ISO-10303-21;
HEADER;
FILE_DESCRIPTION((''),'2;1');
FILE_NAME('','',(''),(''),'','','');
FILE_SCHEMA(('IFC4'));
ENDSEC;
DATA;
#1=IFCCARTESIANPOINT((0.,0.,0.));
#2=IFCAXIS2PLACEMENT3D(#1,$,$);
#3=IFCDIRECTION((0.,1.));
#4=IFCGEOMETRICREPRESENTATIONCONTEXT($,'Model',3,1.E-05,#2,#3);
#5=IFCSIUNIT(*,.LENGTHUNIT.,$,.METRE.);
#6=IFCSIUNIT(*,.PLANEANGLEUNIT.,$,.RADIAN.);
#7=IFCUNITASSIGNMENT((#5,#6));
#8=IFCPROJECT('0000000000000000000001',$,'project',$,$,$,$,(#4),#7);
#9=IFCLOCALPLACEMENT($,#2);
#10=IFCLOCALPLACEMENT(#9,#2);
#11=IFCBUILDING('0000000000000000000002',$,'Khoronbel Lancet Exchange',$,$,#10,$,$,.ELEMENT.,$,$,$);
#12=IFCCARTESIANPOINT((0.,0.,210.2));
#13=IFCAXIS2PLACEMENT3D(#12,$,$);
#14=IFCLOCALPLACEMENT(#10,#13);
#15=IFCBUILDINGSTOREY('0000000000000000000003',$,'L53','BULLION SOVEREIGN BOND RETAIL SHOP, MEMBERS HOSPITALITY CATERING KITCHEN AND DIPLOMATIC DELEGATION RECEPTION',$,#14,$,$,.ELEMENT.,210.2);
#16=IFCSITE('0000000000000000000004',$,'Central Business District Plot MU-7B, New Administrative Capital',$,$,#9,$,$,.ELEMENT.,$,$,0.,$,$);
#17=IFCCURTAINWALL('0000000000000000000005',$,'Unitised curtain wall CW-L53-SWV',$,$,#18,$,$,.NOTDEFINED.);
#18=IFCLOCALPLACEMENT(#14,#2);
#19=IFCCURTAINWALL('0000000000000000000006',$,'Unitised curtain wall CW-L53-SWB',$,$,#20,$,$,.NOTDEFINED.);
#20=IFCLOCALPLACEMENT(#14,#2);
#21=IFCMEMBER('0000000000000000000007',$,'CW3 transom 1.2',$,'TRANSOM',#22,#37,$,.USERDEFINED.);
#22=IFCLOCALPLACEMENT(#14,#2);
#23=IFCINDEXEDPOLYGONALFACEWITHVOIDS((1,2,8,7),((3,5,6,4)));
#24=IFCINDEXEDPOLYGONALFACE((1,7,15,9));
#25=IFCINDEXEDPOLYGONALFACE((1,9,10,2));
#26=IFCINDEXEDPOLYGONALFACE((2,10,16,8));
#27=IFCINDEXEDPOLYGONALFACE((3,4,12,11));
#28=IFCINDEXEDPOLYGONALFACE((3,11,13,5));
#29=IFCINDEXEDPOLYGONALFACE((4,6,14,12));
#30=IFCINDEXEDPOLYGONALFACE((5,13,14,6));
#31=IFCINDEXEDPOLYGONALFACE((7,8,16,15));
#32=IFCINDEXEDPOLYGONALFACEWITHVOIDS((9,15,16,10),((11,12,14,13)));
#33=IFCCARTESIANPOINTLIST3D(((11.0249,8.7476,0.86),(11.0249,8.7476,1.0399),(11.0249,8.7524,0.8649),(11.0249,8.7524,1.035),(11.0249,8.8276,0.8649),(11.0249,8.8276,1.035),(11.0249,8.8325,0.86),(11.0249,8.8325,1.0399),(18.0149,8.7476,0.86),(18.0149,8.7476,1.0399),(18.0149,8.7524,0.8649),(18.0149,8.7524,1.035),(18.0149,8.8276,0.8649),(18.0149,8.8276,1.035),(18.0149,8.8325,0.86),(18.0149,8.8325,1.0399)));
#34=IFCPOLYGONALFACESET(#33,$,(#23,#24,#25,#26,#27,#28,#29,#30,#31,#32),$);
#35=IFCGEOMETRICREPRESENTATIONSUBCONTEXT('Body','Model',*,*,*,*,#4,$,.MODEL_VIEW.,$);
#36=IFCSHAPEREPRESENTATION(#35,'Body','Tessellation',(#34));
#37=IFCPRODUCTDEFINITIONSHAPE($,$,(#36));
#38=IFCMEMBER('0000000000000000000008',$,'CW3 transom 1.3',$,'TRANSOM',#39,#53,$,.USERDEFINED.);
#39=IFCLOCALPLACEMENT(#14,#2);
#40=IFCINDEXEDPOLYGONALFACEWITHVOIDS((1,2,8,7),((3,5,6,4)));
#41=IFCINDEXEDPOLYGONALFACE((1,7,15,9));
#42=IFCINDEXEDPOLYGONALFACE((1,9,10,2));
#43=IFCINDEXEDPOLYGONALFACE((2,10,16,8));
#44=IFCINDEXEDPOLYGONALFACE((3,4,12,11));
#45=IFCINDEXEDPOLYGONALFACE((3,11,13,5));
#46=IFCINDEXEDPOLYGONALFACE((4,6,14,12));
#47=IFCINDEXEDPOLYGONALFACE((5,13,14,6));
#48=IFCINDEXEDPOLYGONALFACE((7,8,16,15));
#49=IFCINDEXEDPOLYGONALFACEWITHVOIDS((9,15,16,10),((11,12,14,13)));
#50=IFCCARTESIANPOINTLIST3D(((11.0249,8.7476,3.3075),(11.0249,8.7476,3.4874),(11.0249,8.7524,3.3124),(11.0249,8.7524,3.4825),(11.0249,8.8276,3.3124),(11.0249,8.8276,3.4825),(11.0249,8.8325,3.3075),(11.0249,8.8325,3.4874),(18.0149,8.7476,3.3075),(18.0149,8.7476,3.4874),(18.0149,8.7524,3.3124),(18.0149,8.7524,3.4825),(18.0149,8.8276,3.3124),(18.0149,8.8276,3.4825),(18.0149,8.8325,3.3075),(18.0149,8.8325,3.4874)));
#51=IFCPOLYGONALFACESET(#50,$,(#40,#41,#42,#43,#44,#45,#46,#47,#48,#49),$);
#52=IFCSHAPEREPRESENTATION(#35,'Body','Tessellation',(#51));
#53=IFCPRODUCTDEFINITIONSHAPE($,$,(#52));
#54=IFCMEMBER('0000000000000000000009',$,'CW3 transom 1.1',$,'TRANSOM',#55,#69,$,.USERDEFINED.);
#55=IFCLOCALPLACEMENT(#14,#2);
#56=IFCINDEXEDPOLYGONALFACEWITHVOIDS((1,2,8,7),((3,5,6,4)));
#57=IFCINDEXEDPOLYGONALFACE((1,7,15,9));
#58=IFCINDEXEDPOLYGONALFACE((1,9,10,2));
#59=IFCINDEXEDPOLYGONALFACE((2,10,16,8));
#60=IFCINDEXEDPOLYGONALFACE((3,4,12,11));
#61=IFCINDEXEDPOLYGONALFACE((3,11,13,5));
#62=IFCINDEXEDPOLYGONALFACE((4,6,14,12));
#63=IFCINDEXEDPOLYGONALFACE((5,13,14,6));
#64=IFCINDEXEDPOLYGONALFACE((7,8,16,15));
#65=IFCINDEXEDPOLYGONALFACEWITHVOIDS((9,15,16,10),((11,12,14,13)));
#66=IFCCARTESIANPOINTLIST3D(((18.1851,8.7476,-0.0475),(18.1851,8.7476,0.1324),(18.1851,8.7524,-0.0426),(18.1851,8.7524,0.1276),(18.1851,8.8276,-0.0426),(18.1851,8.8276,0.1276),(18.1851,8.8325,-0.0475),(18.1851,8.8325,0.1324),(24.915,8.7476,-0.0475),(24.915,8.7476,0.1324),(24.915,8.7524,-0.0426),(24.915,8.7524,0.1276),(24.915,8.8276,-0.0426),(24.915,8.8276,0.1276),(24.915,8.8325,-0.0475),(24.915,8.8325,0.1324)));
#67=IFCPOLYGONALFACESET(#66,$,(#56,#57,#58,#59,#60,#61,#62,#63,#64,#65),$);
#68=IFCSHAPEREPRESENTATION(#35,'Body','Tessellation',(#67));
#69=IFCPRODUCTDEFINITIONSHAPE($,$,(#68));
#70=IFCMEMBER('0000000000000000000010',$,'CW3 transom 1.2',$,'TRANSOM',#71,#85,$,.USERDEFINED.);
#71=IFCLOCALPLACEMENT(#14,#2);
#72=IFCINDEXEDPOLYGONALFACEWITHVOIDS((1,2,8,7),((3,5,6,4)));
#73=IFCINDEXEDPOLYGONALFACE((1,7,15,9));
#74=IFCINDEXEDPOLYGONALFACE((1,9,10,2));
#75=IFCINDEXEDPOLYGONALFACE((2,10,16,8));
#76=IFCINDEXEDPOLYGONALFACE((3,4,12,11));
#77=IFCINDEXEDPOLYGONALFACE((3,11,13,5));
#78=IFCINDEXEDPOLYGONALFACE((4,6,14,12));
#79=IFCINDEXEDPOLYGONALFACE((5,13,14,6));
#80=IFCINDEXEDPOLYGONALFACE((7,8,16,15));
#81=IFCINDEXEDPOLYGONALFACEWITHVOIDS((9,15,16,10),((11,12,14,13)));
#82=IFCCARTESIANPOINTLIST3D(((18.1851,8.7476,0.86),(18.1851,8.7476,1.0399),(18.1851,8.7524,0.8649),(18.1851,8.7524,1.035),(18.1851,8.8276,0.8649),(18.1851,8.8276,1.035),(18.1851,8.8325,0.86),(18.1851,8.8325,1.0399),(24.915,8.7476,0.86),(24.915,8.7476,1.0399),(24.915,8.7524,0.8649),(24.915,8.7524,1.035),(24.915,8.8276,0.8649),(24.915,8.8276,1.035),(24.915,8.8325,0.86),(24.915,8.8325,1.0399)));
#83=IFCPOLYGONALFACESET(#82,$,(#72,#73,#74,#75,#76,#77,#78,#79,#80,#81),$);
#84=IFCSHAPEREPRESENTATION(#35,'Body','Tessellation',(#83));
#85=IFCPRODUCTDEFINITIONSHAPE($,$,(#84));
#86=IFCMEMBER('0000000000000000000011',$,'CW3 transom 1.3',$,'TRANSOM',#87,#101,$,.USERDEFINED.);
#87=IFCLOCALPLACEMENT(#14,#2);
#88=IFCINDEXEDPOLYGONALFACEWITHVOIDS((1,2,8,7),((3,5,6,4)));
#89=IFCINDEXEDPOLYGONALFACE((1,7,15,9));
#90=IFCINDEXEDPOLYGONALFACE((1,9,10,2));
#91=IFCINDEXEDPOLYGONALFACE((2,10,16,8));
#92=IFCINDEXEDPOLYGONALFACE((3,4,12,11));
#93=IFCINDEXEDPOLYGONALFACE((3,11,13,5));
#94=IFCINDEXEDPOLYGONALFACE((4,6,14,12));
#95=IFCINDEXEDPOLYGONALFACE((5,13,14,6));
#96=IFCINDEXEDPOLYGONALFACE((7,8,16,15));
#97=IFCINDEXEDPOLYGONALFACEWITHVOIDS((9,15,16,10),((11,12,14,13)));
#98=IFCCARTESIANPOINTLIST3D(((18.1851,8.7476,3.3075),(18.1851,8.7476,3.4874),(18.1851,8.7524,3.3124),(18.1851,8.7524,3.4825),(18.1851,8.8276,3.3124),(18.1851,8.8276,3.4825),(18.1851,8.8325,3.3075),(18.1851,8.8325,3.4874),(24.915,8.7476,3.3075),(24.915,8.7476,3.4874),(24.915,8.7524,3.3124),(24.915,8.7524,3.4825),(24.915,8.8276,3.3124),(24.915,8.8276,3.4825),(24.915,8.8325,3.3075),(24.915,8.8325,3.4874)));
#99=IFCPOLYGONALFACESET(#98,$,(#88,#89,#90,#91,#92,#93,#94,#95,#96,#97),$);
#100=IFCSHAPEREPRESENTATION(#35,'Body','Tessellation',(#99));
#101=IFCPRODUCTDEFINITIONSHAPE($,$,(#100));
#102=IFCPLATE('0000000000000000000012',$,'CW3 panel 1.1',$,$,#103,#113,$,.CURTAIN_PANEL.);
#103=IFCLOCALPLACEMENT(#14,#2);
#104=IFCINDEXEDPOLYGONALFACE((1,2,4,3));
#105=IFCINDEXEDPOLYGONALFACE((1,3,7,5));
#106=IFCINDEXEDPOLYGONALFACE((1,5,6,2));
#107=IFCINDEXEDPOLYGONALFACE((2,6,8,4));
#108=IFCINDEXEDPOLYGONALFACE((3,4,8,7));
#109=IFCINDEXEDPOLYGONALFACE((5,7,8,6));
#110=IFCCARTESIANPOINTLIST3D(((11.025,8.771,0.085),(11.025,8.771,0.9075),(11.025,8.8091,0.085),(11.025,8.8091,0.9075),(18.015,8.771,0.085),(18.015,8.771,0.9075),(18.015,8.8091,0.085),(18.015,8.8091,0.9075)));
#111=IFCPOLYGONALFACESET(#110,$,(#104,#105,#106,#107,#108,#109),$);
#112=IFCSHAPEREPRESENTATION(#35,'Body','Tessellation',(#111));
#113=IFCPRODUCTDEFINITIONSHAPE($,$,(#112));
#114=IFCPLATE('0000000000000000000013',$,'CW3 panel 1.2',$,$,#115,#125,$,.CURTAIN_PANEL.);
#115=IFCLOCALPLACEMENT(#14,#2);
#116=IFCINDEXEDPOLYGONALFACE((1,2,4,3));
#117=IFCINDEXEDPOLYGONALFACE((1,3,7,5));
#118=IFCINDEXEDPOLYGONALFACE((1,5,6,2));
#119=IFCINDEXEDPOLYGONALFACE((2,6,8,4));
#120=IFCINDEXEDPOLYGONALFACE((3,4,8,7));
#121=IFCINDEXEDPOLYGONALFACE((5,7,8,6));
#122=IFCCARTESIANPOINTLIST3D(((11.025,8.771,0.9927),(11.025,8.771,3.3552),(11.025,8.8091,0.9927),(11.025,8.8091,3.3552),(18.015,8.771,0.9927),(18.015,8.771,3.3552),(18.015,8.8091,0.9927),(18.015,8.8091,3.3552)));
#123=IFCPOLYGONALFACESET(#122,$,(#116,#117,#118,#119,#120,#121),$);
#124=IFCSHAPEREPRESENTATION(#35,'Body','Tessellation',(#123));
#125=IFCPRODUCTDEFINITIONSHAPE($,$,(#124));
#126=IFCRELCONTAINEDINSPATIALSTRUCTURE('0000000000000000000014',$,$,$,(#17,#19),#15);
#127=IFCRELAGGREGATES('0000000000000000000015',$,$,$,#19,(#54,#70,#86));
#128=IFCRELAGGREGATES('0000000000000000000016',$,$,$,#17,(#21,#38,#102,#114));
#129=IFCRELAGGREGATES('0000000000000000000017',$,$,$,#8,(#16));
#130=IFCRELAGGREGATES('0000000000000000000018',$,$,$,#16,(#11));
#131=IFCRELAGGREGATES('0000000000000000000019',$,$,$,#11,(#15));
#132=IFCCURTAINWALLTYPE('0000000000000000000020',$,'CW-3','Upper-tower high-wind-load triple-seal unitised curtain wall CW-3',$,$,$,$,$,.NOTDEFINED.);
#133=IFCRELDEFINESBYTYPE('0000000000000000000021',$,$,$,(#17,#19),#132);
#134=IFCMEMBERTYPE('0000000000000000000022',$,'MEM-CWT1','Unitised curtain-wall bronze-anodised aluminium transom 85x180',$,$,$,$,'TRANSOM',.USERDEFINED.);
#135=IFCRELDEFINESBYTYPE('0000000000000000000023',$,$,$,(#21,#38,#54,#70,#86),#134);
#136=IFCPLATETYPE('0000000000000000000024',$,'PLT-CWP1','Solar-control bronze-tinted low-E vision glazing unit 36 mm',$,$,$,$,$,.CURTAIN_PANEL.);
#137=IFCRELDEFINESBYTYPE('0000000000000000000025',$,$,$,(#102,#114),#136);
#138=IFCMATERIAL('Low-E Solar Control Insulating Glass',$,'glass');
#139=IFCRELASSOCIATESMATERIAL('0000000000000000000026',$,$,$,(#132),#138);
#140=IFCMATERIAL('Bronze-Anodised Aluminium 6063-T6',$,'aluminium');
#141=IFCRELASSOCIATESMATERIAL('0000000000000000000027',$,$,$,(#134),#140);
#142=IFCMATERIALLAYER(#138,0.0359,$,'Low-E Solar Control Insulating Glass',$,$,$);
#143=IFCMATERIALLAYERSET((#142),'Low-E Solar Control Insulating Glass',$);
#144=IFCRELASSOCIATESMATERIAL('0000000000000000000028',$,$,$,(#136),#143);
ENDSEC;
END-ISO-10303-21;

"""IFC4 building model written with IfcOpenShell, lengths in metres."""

from ifc_helpers import new_model, si_unit, direction, frame, origin, origin_2d, place, context, subcontext, project, spatial, rectangle, hollow_rectangle, extrude, material, layer, layer_set, material_profile, profile_set, type_object, element, aggregate, save


model = new_model("IFC4")

# Units and contexts
model_context = context("Model", 3, precision=1e-05, world=origin(), true_north=direction((0.0, 1.0)))
body_context = subcontext(model_context, "Body", "Model", "MODEL_VIEW")
ifc_project = project(units=[si_unit("LENGTHUNIT", "METRE"), si_unit("PLANEANGLEUNIT", "RADIAN")], contexts=[model_context])

# Site, building, storey
site_placement = place(None, origin())
site = spatial("IfcSite", under=ifc_project, at=site_placement, Name="Central Business District Plot MU-7B, New Administrative Capital", CompositionType="ELEMENT", RefElevation=0.0)
building_placement = place(site_placement, origin())
building = spatial("IfcBuilding", under=site, at=building_placement, Name="Khoronbel Lancet Exchange", CompositionType="ELEMENT")
storey_placement = place(building_placement, frame((0.0, 0.0, 210.2)))
storey = spatial("IfcBuildingStorey", under=building, at=storey_placement, Name="L53", Description="BULLION SOVEREIGN BOND RETAIL SHOP, MEMBERS HOSPITALITY CATERING KITCHEN AND DIPLOMATIC DELEGATION RECEPTION", CompositionType="ELEMENT", Elevation=210.2)

# Curtain wall
ifc_material_1 = material(Name="Low-E Solar Control Insulating Glass", Category="glass")
curtain_wall_type = type_object("IfcCurtainWallType", Name="CW-3", Description="Upper-tower high-wind-load triple-seal unitised curtain wall CW-3", PredefinedType="NOTDEFINED", material=ifc_material_1)
curtain_wall_1_placement = place(storey_placement, origin())
curtain_wall_1 = element("IfcCurtainWall", 1, at=curtain_wall_1_placement, inside=storey, type_object=curtain_wall_type, Name="Unitised curtain wall CW-L53-SWV", PredefinedType="NOTDEFINED")
ifc_material_2 = material(Name="Bronze-Anodised Aluminium 6063-T6", Category="aluminium")

# Curtain wall
curtain_wall_2_placement = place(storey_placement, origin())
curtain_wall_2 = element("IfcCurtainWall", 2, at=curtain_wall_2_placement, inside=storey, type_object=curtain_wall_type, Name="Unitised curtain wall CW-L53-SWB", PredefinedType="NOTDEFINED")

# Members
ifc_material_profile_1 = material_profile(ifc_material_2, hollow_rectangle(XDim=0.085, YDim=0.1799, WallThickness=0.0049, at=origin_2d()), Name="ALU TRANSOM 85x180")
ifc_profile_set_1 = profile_set([ifc_material_profile_1], Name="Bronze-Anodised Aluminium 6063-T6")
member_type_1 = type_object("IfcMemberType", Name="MEM-CWT1", Description="Unitised curtain-wall bronze-anodised aluminium transom 85x180", ElementType="TRANSOM", PredefinedType="USERDEFINED", material=ifc_profile_set_1)
member_1_placement = place(storey_placement, frame((11.0249, 8.79, 0.95), z_axis=(1.0, 0.0, 0.0), x_axis=(0.0, 1.0, 0.0)))
member_1 = element("IfcMember", 3, at=member_1_placement, type_object=member_type_1, Name="CW3 transom 1.2", ObjectType="TRANSOM", PredefinedType="USERDEFINED", context=body_context, shape_type="SweptSolid", body=[
    extrude(hollow_rectangle(XDim=0.085, YDim=0.1799, WallThickness=0.0049, at=origin_2d()), origin(), (0.0, 0.0, 1.0), 6.99),
])
member_2_placement = place(storey_placement, frame((11.0249, 8.79, 3.3975), z_axis=(1.0, 0.0, 0.0), x_axis=(0.0, 1.0, 0.0)))
member_2 = element("IfcMember", 4, at=member_2_placement, type_object=member_type_1, Name="CW3 transom 1.3", ObjectType="TRANSOM", PredefinedType="USERDEFINED", context=body_context, shape_type="SweptSolid", body=[
    extrude(hollow_rectangle(XDim=0.085, YDim=0.1799, WallThickness=0.0049, at=origin_2d()), origin(), (0.0, 0.0, 1.0), 6.99),
])
member_3_placement = place(storey_placement, frame((18.1851, 8.79, 0.0425), z_axis=(1.0, 0.0, 0.0), x_axis=(0.0, 1.0, 0.0)))
member_3 = element("IfcMember", 5, at=member_3_placement, type_object=member_type_1, Name="CW3 transom 1.1", ObjectType="TRANSOM", PredefinedType="USERDEFINED", context=body_context, shape_type="SweptSolid", body=[
    extrude(hollow_rectangle(XDim=0.085, YDim=0.1799, WallThickness=0.0049, at=origin_2d()), origin(), (0.0, 0.0, 1.0), 6.73),
])
member_4_placement = place(storey_placement, frame((18.1851, 8.79, 0.95), z_axis=(1.0, 0.0, 0.0), x_axis=(0.0, 1.0, 0.0)))
member_4 = element("IfcMember", 6, at=member_4_placement, type_object=member_type_1, Name="CW3 transom 1.2", ObjectType="TRANSOM", PredefinedType="USERDEFINED", context=body_context, shape_type="SweptSolid", body=[
    extrude(hollow_rectangle(XDim=0.085, YDim=0.1799, WallThickness=0.0049, at=origin_2d()), origin(), (0.0, 0.0, 1.0), 6.73),
])
member_5_placement = place(storey_placement, frame((18.1851, 8.79, 3.3975), z_axis=(1.0, 0.0, 0.0), x_axis=(0.0, 1.0, 0.0)))
member_5 = element("IfcMember", 7, at=member_5_placement, type_object=member_type_1, Name="CW3 transom 1.3", ObjectType="TRANSOM", PredefinedType="USERDEFINED", context=body_context, shape_type="SweptSolid", body=[
    extrude(hollow_rectangle(XDim=0.085, YDim=0.1799, WallThickness=0.0049, at=origin_2d()), origin(), (0.0, 0.0, 1.0), 6.73),
])
aggregate(curtain_wall_2, [member_3, member_4, member_5])

# Plates
ifc_layer_1 = layer(ifc_material_1, 0.0359, Name="Low-E Solar Control Insulating Glass")
ifc_layer_set_1 = layer_set([ifc_layer_1], Name="Low-E Solar Control Insulating Glass")
plate_type = type_object("IfcPlateType", Name="PLT-CWP1", Description="Solar-control bronze-tinted low-E vision glazing unit 36 mm", PredefinedType="CURTAIN_PANEL", material=ifc_layer_set_1)
plate_1_placement = place(storey_placement, frame((14.52, 8.79, 0.085), z_axis=(0.0, 0.0, 1.0), x_axis=(1.0, 0.0, 0.0)))
plate_1 = element("IfcPlate", 8, at=plate_1_placement, type_object=plate_type, Name="CW3 panel 1.1", PredefinedType="CURTAIN_PANEL", context=body_context, shape_type="SweptSolid", body=[
    extrude(rectangle(XDim=6.99, YDim=0.0381, at=origin_2d()), origin(), (0.0, 0.0, 1.0), 0.8225),
])
plate_2_placement = place(storey_placement, frame((14.52, 8.79, 0.9927), z_axis=(0.0, 0.0, 1.0), x_axis=(1.0, 0.0, 0.0)))
plate_2 = element("IfcPlate", 9, at=plate_2_placement, type_object=plate_type, Name="CW3 panel 1.2", PredefinedType="CURTAIN_PANEL", context=body_context, shape_type="SweptSolid", body=[
    extrude(rectangle(XDim=6.99, YDim=0.0381, at=origin_2d()), origin(), (0.0, 0.0, 1.0), 2.3625),
])
aggregate(curtain_wall_1, [member_1, member_2, plate_1, plate_2])

save(model, "model.ifc")
